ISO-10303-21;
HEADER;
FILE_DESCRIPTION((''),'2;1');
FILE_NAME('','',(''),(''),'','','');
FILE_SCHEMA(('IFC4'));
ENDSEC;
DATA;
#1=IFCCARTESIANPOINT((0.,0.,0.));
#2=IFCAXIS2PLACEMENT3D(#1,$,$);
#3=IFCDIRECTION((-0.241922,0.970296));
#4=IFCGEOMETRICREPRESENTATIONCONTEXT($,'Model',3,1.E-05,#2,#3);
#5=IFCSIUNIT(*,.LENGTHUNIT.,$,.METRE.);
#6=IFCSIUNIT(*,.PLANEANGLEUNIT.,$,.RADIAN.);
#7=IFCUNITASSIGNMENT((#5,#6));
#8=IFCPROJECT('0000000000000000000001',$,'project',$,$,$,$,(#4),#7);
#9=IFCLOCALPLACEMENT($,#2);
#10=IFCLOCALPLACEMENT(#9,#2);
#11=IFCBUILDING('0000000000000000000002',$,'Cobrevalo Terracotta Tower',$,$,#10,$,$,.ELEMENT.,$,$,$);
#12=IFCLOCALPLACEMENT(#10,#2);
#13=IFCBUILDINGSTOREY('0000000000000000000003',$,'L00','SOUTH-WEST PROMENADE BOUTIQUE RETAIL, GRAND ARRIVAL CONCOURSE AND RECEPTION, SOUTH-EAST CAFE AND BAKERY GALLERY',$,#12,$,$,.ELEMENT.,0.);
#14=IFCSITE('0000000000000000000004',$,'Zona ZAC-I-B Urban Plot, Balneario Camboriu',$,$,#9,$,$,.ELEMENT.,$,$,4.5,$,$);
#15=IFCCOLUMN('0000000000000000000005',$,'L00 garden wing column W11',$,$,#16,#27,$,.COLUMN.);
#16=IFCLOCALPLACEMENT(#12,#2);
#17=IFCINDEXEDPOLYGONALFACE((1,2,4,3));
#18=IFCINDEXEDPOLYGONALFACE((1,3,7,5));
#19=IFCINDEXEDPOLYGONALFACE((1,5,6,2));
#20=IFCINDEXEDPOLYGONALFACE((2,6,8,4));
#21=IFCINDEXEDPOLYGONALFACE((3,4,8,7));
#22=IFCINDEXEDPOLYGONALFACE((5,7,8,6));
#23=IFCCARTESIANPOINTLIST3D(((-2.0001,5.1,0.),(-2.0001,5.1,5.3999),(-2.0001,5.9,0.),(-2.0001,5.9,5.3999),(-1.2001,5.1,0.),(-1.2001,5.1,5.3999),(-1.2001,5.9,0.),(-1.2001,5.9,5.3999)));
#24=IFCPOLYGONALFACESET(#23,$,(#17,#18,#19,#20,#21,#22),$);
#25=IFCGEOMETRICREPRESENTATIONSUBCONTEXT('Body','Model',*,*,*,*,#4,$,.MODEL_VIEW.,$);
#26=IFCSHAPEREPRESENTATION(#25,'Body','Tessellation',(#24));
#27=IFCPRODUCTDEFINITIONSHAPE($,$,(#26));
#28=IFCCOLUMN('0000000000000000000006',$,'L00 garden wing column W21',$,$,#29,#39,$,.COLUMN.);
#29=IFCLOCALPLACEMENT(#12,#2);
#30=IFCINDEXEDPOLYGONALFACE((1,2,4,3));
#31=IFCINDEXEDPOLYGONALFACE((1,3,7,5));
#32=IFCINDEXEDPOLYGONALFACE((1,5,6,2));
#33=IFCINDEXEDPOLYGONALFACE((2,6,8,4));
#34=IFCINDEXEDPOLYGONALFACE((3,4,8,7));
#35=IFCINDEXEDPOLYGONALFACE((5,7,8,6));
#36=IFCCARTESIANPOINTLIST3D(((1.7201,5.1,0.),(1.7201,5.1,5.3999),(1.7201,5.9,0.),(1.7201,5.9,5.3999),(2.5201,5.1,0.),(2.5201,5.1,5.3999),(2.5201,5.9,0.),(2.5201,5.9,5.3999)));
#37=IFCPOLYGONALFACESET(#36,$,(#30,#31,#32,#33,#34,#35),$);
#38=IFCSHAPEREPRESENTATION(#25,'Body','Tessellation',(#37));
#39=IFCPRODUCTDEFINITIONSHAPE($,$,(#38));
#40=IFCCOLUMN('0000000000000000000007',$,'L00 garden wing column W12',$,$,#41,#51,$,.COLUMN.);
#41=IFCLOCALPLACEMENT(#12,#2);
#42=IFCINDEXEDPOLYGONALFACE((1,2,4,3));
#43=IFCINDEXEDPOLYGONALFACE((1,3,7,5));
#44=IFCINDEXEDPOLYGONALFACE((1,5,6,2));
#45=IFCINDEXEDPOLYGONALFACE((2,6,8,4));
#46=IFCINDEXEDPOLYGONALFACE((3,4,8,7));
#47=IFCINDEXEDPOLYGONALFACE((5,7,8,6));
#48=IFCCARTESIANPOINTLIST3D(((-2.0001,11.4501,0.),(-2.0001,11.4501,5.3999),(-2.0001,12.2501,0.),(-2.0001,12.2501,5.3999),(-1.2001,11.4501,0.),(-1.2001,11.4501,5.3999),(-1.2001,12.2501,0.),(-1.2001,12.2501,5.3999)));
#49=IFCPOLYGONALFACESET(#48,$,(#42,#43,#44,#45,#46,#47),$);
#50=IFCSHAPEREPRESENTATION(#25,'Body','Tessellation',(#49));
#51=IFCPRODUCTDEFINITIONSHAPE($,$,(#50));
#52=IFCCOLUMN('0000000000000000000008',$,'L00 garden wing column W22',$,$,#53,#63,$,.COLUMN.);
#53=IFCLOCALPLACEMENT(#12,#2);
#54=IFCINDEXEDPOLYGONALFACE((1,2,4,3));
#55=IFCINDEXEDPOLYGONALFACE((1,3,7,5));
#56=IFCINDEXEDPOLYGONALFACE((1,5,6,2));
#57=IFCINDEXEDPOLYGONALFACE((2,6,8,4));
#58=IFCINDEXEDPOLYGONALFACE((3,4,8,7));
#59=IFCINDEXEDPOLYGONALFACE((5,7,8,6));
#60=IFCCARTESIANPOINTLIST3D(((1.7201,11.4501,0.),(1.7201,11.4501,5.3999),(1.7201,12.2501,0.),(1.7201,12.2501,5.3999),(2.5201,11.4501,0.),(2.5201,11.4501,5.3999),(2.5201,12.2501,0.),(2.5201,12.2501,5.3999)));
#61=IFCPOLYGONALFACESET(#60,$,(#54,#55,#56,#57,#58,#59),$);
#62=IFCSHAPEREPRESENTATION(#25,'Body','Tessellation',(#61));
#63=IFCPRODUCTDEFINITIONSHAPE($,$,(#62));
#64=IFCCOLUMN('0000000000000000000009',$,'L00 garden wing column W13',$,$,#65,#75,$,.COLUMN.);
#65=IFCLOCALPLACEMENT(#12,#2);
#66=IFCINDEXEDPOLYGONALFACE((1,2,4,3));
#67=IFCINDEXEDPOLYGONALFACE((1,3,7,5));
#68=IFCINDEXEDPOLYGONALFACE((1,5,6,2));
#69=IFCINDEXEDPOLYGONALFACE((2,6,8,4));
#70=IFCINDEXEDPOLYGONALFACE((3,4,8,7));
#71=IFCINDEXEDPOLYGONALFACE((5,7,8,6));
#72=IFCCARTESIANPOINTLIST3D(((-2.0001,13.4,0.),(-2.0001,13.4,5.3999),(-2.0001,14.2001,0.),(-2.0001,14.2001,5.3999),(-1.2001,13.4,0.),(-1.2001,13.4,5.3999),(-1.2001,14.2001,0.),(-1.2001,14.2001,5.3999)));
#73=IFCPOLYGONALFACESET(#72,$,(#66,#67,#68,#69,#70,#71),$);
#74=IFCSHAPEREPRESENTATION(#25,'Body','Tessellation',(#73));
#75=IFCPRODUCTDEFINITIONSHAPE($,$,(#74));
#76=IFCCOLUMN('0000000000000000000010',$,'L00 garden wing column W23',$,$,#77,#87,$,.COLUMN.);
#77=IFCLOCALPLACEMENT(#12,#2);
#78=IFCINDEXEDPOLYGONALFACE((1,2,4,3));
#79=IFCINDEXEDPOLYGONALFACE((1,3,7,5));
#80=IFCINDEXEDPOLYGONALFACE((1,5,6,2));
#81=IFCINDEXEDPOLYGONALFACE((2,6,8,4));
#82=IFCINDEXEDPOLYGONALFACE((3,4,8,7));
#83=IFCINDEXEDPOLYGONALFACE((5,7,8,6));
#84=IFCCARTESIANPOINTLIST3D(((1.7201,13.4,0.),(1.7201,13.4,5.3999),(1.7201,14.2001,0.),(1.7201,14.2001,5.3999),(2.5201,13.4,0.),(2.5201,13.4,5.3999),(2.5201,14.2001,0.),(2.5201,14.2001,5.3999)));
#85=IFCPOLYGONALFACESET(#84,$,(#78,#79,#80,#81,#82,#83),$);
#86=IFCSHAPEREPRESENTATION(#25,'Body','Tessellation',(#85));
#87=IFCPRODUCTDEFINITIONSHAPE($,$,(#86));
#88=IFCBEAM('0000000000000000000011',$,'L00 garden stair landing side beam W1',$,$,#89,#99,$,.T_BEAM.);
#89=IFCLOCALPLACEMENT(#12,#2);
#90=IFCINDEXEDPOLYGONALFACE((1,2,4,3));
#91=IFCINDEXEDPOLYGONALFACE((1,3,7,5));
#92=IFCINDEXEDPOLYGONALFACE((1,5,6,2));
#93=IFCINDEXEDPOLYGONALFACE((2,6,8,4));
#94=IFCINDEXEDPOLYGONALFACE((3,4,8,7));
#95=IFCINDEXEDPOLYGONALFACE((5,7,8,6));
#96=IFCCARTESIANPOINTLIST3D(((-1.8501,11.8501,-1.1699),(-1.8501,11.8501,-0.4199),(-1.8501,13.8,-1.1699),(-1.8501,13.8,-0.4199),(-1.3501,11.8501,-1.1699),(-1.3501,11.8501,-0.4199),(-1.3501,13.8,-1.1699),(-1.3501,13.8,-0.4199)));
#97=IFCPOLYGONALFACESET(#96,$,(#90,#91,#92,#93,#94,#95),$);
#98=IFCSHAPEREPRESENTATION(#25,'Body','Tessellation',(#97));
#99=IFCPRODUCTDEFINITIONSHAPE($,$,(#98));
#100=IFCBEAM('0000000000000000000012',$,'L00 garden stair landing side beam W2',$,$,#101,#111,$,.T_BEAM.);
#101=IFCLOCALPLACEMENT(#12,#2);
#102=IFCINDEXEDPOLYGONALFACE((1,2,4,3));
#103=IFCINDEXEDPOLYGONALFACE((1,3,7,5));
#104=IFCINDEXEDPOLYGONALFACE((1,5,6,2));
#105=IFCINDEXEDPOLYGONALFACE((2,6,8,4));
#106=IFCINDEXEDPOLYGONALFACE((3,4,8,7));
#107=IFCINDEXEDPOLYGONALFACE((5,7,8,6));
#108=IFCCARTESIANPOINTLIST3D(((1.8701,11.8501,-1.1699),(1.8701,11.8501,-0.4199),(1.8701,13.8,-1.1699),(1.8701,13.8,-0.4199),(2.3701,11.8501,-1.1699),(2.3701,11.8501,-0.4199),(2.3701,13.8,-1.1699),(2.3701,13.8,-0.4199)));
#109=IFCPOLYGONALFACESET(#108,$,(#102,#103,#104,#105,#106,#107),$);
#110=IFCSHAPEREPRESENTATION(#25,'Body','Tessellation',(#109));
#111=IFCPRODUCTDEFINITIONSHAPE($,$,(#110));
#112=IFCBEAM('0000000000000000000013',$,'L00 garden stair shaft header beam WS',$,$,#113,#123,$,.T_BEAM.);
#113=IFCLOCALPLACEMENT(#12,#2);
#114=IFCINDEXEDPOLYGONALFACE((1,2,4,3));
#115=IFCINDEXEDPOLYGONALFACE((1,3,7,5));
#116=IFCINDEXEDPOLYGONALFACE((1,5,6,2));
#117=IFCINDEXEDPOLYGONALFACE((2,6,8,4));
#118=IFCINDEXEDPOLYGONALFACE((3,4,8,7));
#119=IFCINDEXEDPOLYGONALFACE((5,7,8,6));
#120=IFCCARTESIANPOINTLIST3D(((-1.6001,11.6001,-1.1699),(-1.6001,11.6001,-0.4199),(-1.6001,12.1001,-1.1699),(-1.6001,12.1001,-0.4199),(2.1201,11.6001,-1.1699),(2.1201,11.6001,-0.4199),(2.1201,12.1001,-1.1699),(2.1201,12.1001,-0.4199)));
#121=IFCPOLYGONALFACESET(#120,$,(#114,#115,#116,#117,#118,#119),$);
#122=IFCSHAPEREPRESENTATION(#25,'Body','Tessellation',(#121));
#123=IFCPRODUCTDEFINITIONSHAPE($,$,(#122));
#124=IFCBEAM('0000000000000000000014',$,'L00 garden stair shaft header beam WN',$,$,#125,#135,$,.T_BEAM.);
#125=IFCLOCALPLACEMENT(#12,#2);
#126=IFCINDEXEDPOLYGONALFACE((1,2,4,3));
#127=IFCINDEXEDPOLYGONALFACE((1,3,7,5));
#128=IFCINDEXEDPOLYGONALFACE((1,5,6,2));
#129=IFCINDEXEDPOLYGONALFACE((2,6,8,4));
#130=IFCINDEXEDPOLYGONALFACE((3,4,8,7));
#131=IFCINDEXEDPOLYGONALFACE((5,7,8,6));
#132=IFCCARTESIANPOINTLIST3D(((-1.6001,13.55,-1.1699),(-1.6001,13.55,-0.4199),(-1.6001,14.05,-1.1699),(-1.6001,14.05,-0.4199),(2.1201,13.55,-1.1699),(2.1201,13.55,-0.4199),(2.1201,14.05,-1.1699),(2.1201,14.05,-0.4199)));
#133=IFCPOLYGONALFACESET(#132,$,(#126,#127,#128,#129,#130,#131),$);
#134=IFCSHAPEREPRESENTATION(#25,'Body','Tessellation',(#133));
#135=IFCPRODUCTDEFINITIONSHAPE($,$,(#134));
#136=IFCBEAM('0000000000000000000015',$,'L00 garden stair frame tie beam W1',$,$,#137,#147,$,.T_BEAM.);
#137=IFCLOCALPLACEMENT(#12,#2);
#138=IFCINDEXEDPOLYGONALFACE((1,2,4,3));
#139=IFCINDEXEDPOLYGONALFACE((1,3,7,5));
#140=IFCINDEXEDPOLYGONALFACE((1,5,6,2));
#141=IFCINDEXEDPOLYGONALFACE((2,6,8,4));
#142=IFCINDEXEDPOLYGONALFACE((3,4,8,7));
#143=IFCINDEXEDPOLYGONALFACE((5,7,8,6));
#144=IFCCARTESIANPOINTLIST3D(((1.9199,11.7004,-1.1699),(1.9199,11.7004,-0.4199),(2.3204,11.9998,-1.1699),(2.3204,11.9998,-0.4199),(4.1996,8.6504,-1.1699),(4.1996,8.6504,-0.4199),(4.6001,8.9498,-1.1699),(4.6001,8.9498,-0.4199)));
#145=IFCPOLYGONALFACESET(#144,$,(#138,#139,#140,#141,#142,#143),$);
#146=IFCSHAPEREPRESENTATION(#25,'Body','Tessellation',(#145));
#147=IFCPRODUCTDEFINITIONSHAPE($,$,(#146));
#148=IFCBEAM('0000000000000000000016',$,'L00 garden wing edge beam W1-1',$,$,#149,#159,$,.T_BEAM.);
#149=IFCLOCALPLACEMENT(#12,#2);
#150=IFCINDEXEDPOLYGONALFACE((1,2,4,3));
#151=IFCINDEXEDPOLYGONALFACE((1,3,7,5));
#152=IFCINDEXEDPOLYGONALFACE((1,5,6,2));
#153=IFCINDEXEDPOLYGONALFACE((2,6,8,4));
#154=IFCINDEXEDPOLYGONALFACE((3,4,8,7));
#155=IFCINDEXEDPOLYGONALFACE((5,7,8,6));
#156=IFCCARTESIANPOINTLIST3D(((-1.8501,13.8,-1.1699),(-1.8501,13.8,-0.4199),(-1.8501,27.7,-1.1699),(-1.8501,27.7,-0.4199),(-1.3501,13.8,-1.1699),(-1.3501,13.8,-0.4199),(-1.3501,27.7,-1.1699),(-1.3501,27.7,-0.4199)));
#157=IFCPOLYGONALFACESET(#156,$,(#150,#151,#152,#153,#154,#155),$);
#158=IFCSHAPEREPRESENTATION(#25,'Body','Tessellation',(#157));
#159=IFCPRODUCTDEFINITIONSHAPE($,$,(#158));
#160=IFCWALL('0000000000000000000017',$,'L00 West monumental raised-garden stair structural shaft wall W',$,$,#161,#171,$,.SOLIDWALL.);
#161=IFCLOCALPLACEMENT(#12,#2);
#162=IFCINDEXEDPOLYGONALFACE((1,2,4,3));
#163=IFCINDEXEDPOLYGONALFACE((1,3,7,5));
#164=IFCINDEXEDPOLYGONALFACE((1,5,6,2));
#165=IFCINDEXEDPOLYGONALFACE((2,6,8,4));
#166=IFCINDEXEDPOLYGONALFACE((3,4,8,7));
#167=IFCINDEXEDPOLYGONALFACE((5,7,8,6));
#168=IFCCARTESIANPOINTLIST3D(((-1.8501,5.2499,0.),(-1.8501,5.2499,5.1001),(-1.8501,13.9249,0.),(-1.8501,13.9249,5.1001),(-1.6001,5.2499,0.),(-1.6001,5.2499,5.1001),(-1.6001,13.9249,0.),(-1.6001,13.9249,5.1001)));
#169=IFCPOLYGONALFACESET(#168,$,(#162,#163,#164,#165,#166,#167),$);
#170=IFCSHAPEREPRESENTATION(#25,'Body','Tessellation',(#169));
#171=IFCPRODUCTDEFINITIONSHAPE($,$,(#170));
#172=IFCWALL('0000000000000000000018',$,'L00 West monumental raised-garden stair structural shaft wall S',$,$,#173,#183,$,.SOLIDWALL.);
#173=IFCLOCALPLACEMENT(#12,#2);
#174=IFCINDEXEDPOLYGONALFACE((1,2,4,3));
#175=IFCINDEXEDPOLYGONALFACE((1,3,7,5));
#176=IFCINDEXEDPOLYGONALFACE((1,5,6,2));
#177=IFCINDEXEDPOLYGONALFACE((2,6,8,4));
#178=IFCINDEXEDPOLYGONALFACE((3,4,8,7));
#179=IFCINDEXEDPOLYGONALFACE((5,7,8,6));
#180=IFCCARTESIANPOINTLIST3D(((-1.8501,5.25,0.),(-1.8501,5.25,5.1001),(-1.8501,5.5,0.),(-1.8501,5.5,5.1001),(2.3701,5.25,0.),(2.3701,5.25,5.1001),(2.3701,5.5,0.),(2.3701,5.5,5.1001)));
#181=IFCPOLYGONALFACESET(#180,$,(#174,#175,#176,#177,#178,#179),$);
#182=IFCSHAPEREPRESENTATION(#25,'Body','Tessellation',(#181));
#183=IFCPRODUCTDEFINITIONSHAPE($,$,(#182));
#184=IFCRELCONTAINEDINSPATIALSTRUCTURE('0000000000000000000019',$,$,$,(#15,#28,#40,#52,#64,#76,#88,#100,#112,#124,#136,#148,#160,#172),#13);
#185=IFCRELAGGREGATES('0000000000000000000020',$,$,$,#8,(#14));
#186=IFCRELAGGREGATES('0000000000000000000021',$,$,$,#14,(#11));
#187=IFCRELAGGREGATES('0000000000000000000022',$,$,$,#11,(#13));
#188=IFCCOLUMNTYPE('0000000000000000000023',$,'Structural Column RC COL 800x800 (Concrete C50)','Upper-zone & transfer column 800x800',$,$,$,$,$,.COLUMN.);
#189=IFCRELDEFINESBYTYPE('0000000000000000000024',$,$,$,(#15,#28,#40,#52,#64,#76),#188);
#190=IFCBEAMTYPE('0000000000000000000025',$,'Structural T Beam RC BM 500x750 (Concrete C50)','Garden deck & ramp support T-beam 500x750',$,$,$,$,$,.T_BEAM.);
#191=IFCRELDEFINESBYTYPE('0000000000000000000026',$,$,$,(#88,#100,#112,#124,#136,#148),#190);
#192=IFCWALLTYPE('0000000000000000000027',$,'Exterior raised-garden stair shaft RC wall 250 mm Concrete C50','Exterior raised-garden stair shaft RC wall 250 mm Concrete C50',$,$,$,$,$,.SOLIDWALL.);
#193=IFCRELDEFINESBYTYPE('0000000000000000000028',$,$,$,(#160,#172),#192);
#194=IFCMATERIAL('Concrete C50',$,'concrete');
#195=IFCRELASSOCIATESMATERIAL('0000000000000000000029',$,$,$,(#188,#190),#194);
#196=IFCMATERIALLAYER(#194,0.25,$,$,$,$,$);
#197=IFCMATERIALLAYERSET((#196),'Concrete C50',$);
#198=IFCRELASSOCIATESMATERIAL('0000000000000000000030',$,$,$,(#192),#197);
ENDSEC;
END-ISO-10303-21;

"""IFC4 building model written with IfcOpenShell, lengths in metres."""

from ifc_helpers import new_model, si_unit, direction, frame, frame_2d, origin, origin_2d, place, context, subcontext, project, spatial, rectangle, extrude, material, layer, layer_set, material_profile, profile_set, type_object, element, save


model = new_model("IFC4")

# Units and contexts
model_context = context("Model", 3, precision=1e-05, world=origin(), true_north=direction((-0.241922, 0.970296)))
body_context = subcontext(model_context, "Body", "Model", "MODEL_VIEW")
ifc_project = project(units=[si_unit("LENGTHUNIT", "METRE"), si_unit("PLANEANGLEUNIT", "RADIAN")], contexts=[model_context])

# Site, building, storey
site_placement = place(None, origin())
site = spatial("IfcSite", under=ifc_project, at=site_placement, Name="Zona ZAC-I-B Urban Plot, Balneario Camboriu", CompositionType="ELEMENT", RefElevation=4.5)
building_placement = place(site_placement, origin())
building = spatial("IfcBuilding", under=site, at=building_placement, Name="Cobrevalo Terracotta Tower", CompositionType="ELEMENT")
storey_placement = place(building_placement, origin())
storey = spatial("IfcBuildingStorey", under=building, at=storey_placement, Name="L00", Description="SOUTH-WEST PROMENADE BOUTIQUE RETAIL, GRAND ARRIVAL CONCOURSE AND RECEPTION, SOUTH-EAST CAFE AND BAKERY GALLERY", CompositionType="ELEMENT", Elevation=0.0)

# Columns
ifc_material_1 = material(Name="Concrete C50", Category="concrete")
ifc_material_profile_1 = material_profile(ifc_material_1, rectangle(XDim=0.8, YDim=0.8, at=origin_2d()), Name="RC COL 800x800")
ifc_profile_set_1 = profile_set([ifc_material_profile_1], Name="Concrete C50")
column_type = type_object("IfcColumnType", Name="Structural Column RC COL 800x800 (Concrete C50)", Description="Upper-zone & transfer column 800x800", PredefinedType="COLUMN", material=ifc_profile_set_1)
for number, where, z_axis, x_axis, name in (
    (1, (-1.6001, 5.5, 0.0), (0.0, 0.0, 1.0), (1.0, 0.0, 0.0), "L00 garden wing column W11"),
    (2, (2.1201, 5.5, 0.0), (0.0, 0.0, 1.0), (1.0, 0.0, 0.0), "L00 garden wing column W21"),
    (3, (-1.6001, 11.8501, 0.0), (0.0, 0.0, 1.0), (1.0, 0.0, 0.0), "L00 garden wing column W12"),
    (4, (2.1201, 11.8501, 0.0), (0.0, 0.0, 1.0), (1.0, 0.0, 0.0), "L00 garden wing column W22"),
    (5, (-1.6001, 13.8, 0.0), (0.0, 0.0, 1.0), (1.0, 0.0, 0.0), "L00 garden wing column W13"),
    (6, (2.1201, 13.8, 0.0), (0.0, 0.0, 1.0), (1.0, 0.0, 0.0), "L00 garden wing column W23"),
):
    element("IfcColumn", number, at=place(storey_placement, frame(where, z_axis=z_axis, x_axis=x_axis)), inside=storey, type_object=column_type, Name=name, PredefinedType="COLUMN", context=body_context, shape_type="SweptSolid", body=[
        extrude(rectangle(XDim=0.8, YDim=0.8, at=origin_2d()), origin(), (0.0, 0.0, 1.0), 5.3999),
    ])

# Beams
ifc_material_profile_2 = material_profile(ifc_material_1, rectangle(XDim=0.5, YDim=0.75, at=origin_2d()), Name="RC BM 500x750")
ifc_profile_set_2 = profile_set([ifc_material_profile_2], Name="Concrete C50")
beam_type = type_object("IfcBeamType", Name="Structural T Beam RC BM 500x750 (Concrete C50)", Description="Garden deck & ramp support T-beam 500x750", PredefinedType="T_BEAM", material=ifc_profile_set_2)
for number, where, z_axis, x_axis, name in (
    (7, (-1.6001, 11.8501, -0.7949), (0.0, 1.0, 0.0), (-1.0, 0.0, 0.0), "L00 garden stair landing side beam W1"),
    (8, (2.1201, 11.8501, -0.7949), (0.0, 1.0, 0.0), (-1.0, 0.0, 0.0), "L00 garden stair landing side beam W2"),
):
    element("IfcBeam", number, at=place(storey_placement, frame(where, z_axis=z_axis, x_axis=x_axis)), inside=storey, type_object=beam_type, Name=name, PredefinedType="T_BEAM", context=body_context, shape_type="SweptSolid", body=[
        extrude(rectangle(XDim=0.5, YDim=0.75, at=origin_2d()), origin(), (0.0, 0.0, 1.0), 1.95),
    ])
for number, where, z_axis, x_axis, name in (
    (9, (-1.6001, 11.8501, -0.7949), (1.0, 0.0, 0.0), (0.0, 1.0, 0.0), "L00 garden stair shaft header beam WS"),
    (10, (-1.6001, 13.8, -0.7949), (1.0, 0.0, 0.0), (0.0, 1.0, 0.0), "L00 garden stair shaft header beam WN"),
):
    element("IfcBeam", number, at=place(storey_placement, frame(where, z_axis=z_axis, x_axis=x_axis)), inside=storey, type_object=beam_type, Name=name, PredefinedType="T_BEAM", context=body_context, shape_type="SweptSolid", body=[
        extrude(rectangle(XDim=0.5, YDim=0.75, at=origin_2d()), origin(), (0.0, 0.0, 1.0), 3.7202),
    ])
beam_1_placement = place(storey_placement, frame((2.1201, 11.8501, -0.7949), z_axis=(0.598696, -0.800976, 0.0), x_axis=(0.800976, 0.598696, 0.0)))
element("IfcBeam", 11, at=beam_1_placement, inside=storey, type_object=beam_type, Name="L00 garden stair frame tie beam W1", PredefinedType="T_BEAM", context=body_context, shape_type="SweptSolid", body=[
    extrude(rectangle(XDim=0.5, YDim=0.75, at=origin_2d()), origin(), (0.0, 0.0, 1.0), 3.8079),
])
beam_2_placement = place(storey_placement, frame((-1.6001, 13.8, -0.7949), z_axis=(0.0, 1.0, 0.0), x_axis=(-1.0, 0.0, 0.0)))
element("IfcBeam", 12, at=beam_2_placement, inside=storey, type_object=beam_type, Name="L00 garden wing edge beam W1-1", PredefinedType="T_BEAM", context=body_context, shape_type="SweptSolid", body=[
    extrude(rectangle(XDim=0.5, YDim=0.75, at=origin_2d()), origin(), (0.0, 0.0, 1.0), 13.8999),
])

# Walls
ifc_layer_1 = layer(ifc_material_1, 0.25)
ifc_layer_set_1 = layer_set([ifc_layer_1], Name="Concrete C50")
wall_type = type_object("IfcWallType", Name="Exterior raised-garden stair shaft RC wall 250 mm Concrete C50", Description="Exterior raised-garden stair shaft RC wall 250 mm Concrete C50", PredefinedType="SOLIDWALL", material=ifc_layer_set_1)
wall_1_placement = place(storey_placement, frame((-1.7251, 5.25, 0.0), z_axis=(0.0, 0.0, 1.0), x_axis=(0.0, 1.0, 0.0)))
element("IfcWall", 13, at=wall_1_placement, inside=storey, type_object=wall_type, Name="L00 West monumental raised-garden stair structural shaft wall W", PredefinedType="SOLIDWALL", context=body_context, shape_type="SweptSolid", body=[
    extrude(rectangle(XDim=8.675, YDim=0.25, at=frame_2d((4.3374, 0.0))), origin(), (0.0, 0.0, 1.0), 5.1001),
])
wall_2_placement = place(storey_placement, frame((-1.8501, 5.375, 0.0), z_axis=(0.0, 0.0, 1.0), x_axis=(1.0, 0.0, 0.0)))
element("IfcWall", 14, at=wall_2_placement, inside=storey, type_object=wall_type, Name="L00 West monumental raised-garden stair structural shaft wall S", PredefinedType="SOLIDWALL", context=body_context, shape_type="SweptSolid", body=[
    extrude(rectangle(XDim=4.2202, YDim=0.25, at=frame_2d((2.1101, 0.0))), origin(), (0.0, 0.0, 1.0), 5.1001),
])

save(model, "model.ifc")
